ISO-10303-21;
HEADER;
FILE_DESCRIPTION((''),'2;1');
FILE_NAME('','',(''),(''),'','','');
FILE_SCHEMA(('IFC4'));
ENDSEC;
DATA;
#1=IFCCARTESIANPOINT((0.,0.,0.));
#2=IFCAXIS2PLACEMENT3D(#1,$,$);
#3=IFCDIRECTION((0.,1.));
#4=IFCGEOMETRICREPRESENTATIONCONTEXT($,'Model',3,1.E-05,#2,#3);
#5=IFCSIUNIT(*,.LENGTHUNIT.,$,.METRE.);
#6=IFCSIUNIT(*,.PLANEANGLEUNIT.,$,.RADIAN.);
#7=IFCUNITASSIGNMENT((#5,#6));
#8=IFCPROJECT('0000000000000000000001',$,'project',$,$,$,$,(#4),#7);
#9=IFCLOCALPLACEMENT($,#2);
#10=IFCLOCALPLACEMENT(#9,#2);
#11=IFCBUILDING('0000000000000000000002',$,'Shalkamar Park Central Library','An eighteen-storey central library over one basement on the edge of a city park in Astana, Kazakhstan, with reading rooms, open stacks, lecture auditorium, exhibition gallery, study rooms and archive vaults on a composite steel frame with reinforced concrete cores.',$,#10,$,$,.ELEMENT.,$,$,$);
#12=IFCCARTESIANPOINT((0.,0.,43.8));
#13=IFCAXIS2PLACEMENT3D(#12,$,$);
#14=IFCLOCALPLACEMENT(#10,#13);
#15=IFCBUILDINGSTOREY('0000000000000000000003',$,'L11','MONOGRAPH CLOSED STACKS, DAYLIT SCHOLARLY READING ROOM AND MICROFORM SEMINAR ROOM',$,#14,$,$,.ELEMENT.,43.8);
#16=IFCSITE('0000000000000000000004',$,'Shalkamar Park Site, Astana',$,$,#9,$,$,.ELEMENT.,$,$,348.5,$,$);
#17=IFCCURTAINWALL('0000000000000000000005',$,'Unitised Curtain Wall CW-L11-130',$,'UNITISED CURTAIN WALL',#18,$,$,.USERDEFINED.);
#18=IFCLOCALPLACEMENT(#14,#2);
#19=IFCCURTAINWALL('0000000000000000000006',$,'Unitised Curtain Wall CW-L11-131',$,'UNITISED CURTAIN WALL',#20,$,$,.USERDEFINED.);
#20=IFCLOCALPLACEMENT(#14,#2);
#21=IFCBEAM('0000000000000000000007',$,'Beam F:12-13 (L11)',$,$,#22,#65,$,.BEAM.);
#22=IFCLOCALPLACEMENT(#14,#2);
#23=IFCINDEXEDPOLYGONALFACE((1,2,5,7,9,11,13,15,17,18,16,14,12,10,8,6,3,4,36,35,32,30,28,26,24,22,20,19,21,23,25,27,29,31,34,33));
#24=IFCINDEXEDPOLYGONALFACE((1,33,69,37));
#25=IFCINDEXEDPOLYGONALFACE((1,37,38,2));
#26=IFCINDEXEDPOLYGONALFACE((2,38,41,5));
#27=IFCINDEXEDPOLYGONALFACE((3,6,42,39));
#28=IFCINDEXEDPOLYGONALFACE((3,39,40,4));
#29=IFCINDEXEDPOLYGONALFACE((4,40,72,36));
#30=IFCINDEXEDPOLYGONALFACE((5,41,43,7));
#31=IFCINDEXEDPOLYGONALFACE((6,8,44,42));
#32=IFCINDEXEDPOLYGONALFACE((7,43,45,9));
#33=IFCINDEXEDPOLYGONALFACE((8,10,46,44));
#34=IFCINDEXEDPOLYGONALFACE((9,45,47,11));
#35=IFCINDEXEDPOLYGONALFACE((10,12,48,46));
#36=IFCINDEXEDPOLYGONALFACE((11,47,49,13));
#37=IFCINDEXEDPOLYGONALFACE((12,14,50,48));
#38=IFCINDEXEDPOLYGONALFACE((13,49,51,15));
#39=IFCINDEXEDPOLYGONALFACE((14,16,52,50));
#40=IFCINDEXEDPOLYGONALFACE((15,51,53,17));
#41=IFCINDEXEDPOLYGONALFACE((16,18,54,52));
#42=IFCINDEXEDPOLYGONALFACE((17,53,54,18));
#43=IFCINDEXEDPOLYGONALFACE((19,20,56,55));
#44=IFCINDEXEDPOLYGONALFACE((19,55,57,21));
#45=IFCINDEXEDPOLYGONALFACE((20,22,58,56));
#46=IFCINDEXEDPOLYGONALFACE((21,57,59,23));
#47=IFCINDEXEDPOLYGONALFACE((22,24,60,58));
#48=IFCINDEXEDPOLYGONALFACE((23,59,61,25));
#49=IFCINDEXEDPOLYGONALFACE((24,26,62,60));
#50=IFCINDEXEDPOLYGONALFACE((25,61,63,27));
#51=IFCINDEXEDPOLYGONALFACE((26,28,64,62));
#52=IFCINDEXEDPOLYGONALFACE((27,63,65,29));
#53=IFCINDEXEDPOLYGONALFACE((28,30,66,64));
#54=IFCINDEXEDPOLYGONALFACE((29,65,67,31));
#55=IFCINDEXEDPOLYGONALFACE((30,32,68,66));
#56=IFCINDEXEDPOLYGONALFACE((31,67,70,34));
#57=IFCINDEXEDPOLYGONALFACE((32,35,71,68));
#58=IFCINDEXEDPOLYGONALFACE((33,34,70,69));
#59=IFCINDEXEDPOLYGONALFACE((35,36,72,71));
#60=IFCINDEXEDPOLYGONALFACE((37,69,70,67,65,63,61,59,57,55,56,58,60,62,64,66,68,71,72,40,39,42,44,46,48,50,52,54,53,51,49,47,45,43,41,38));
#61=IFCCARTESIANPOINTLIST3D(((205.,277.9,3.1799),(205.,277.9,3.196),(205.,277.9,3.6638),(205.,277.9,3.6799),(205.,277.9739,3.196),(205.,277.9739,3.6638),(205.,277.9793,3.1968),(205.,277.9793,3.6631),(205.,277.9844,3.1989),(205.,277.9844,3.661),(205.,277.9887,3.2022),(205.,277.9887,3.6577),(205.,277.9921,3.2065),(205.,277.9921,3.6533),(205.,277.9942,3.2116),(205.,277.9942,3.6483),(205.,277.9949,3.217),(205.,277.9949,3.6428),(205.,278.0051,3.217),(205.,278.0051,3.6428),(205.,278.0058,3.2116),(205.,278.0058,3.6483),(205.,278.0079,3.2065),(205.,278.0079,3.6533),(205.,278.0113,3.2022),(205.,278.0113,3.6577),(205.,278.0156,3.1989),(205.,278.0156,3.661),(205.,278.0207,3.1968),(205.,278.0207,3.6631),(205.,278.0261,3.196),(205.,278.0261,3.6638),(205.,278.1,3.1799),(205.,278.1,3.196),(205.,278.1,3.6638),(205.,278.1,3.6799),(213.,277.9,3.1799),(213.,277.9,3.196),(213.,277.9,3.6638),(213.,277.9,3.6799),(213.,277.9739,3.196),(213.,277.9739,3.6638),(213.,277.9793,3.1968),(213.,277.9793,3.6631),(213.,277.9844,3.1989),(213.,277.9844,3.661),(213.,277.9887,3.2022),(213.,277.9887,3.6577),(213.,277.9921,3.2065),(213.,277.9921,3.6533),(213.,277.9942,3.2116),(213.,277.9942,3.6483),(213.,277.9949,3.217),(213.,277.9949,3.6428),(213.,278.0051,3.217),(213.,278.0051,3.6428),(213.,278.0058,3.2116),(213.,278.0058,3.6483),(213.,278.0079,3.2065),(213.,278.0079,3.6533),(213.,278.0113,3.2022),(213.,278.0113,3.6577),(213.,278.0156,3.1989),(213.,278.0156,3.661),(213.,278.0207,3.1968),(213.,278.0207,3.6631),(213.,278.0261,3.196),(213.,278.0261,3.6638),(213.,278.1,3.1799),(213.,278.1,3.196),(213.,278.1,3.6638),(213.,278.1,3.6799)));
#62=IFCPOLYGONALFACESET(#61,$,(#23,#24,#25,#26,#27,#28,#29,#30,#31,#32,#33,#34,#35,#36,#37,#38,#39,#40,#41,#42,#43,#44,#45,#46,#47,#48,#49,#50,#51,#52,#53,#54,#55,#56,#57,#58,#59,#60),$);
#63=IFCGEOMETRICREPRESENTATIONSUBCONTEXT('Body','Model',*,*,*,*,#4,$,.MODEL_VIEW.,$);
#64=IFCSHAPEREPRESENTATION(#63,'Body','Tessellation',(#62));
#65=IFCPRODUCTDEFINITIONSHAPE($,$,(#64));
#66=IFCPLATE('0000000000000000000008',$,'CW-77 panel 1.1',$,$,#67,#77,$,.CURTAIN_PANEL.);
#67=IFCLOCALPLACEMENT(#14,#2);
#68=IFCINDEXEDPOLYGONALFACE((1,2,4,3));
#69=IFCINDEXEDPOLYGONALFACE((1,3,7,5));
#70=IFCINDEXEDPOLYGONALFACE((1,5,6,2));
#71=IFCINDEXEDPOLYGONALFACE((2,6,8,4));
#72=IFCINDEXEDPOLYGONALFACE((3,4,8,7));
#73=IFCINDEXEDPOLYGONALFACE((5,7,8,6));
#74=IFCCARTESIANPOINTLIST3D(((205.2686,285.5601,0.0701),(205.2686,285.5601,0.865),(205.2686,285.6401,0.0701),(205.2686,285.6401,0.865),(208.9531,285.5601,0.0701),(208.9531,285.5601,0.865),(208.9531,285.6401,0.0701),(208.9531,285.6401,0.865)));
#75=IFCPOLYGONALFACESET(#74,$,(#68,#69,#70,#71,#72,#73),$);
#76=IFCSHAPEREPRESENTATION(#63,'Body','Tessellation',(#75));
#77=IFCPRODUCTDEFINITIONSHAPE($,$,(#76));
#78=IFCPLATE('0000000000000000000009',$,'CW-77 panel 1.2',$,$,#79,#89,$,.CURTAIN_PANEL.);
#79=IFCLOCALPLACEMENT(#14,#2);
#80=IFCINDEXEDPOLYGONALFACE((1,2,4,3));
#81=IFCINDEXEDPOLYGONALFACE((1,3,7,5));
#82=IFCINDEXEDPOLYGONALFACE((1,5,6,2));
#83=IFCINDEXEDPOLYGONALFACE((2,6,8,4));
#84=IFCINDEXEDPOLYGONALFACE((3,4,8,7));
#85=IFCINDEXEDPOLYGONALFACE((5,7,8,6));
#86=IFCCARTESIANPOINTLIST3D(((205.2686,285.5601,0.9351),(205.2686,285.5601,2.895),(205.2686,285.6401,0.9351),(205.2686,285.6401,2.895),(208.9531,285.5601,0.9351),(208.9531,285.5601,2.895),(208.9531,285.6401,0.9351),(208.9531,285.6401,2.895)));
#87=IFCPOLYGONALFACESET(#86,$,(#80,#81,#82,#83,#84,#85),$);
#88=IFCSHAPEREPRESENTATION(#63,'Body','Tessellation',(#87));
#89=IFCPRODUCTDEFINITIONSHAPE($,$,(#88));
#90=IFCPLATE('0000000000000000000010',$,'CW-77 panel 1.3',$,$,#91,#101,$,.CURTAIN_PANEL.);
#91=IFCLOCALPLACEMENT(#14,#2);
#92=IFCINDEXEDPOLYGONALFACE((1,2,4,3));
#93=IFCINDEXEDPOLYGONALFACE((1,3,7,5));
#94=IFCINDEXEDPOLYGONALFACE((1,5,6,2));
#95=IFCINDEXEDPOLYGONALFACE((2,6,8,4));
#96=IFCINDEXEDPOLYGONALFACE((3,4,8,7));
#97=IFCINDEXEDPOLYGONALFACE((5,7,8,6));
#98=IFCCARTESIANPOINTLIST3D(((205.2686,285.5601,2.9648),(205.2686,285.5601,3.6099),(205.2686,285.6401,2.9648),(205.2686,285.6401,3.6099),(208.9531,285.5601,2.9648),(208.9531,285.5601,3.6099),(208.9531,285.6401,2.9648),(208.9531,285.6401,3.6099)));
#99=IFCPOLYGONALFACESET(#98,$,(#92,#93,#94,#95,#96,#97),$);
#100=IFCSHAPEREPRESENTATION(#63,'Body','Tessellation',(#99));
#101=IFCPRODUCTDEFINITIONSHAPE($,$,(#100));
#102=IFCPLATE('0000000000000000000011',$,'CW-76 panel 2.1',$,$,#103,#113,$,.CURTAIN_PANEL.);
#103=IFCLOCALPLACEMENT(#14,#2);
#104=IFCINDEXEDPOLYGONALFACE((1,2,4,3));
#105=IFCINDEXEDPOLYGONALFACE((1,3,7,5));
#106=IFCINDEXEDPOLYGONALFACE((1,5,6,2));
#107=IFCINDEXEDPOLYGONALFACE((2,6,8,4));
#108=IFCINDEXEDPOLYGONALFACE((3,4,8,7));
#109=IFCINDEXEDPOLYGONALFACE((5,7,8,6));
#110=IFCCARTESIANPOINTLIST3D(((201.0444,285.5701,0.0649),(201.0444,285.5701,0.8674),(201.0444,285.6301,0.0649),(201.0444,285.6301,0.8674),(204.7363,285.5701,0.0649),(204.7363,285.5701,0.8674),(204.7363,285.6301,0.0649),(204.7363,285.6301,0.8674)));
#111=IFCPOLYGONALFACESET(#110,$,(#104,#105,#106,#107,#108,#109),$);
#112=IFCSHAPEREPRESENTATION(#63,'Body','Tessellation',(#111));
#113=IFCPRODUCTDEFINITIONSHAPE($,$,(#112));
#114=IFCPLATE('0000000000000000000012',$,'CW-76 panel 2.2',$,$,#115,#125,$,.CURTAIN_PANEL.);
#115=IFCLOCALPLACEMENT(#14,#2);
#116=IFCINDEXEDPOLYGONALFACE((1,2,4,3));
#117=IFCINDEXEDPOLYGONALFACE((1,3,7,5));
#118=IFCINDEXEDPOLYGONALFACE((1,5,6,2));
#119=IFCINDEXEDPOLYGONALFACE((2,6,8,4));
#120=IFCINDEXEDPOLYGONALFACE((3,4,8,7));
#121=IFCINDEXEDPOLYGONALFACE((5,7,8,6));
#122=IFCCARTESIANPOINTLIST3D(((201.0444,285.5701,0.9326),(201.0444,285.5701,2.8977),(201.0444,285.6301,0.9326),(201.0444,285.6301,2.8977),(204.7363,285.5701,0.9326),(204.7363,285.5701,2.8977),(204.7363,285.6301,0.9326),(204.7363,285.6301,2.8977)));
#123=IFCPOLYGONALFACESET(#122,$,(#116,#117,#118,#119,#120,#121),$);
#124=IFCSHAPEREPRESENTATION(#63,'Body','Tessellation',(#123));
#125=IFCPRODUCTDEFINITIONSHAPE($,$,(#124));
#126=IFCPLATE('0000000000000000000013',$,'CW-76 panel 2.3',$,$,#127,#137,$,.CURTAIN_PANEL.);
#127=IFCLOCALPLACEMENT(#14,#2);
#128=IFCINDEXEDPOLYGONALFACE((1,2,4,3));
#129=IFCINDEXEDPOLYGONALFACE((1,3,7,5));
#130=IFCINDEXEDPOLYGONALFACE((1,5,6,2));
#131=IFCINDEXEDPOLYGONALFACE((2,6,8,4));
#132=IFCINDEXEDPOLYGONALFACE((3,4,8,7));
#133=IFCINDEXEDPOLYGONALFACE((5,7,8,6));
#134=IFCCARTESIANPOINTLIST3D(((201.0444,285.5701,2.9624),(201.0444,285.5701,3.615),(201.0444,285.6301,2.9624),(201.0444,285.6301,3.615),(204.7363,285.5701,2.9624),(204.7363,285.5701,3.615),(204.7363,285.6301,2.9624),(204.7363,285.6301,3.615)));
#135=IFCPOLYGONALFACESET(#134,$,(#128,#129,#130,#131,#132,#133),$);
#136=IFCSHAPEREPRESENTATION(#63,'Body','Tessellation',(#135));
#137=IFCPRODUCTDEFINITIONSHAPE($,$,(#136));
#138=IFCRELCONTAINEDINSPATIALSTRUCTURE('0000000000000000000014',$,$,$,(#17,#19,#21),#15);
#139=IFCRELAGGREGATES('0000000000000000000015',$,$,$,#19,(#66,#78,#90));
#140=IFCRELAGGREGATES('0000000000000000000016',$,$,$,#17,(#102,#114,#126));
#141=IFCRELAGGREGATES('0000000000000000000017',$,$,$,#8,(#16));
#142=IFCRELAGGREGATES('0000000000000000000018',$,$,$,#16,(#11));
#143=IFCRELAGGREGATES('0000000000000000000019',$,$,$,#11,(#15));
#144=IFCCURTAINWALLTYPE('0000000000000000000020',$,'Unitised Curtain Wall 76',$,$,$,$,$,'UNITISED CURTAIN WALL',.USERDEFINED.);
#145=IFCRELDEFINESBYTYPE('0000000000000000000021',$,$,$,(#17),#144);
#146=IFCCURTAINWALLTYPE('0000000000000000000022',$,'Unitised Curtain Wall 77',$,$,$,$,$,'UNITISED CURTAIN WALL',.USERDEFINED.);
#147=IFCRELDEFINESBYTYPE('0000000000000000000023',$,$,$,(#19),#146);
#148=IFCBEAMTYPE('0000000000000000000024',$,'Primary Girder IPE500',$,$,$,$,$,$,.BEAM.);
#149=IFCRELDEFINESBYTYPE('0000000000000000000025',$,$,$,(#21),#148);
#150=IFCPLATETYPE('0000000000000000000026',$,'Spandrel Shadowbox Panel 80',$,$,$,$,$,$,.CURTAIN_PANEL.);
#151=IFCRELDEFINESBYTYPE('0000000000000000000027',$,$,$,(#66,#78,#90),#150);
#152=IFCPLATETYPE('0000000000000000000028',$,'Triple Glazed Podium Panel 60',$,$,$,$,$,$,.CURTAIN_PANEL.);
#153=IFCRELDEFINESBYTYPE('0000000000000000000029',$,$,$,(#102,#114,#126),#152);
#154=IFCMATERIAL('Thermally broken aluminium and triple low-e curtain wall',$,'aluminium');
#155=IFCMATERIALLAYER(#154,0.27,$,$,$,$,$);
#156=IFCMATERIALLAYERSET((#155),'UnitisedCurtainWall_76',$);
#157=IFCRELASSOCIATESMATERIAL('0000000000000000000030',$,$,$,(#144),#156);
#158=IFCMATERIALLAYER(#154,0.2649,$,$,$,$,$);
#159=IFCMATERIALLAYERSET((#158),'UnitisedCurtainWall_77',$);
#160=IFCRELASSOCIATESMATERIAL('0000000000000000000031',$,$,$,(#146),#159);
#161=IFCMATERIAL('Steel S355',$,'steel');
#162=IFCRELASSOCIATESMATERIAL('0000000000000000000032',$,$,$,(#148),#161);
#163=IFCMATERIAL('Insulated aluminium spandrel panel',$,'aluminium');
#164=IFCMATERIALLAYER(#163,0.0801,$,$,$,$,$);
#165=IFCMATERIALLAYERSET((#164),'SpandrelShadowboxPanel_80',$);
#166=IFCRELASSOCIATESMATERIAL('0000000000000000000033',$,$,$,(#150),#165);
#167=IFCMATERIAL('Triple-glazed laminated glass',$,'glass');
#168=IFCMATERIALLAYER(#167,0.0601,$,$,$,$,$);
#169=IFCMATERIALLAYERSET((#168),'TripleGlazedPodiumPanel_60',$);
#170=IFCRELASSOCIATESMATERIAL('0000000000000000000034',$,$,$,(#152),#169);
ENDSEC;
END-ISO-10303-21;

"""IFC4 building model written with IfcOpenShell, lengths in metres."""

from ifc_helpers import new_model, si_unit, direction, frame, origin, origin_2d, place, context, subcontext, project, spatial, rectangle, i_section, extrude, material, layer, layer_set, material_profile, profile_set, type_object, element, aggregate, save


model = new_model("IFC4")

# Units and contexts
model_context = context("Model", 3, precision=1e-05, world=origin(), true_north=direction((0.0, 1.0)))
body_context = subcontext(model_context, "Body", "Model", "MODEL_VIEW")
ifc_project = project(units=[si_unit("LENGTHUNIT", "METRE"), si_unit("PLANEANGLEUNIT", "RADIAN")], contexts=[model_context])

# Site, building, storey
site_placement = place(None, origin())
site = spatial("IfcSite", under=ifc_project, at=site_placement, Name="Shalkamar Park Site, Astana", CompositionType="ELEMENT", RefElevation=348.5)
building_placement = place(site_placement, origin())
building = spatial("IfcBuilding", under=site, at=building_placement, Name="Shalkamar Park Central Library", Description="An eighteen-storey central library over one basement on the edge of a city park in Astana, Kazakhstan, with reading rooms, open stacks, lecture auditorium, exhibition gallery, study rooms and archive vaults on a composite steel frame with reinforced concrete cores.", CompositionType="ELEMENT")
storey_placement = place(building_placement, frame((0.0, 0.0, 43.8)))
storey = spatial("IfcBuildingStorey", under=building, at=storey_placement, Name="L11", Description="MONOGRAPH CLOSED STACKS, DAYLIT SCHOLARLY READING ROOM AND MICROFORM SEMINAR ROOM", CompositionType="ELEMENT", Elevation=43.8)

# Shared definitions
ifc_material_1 = material(Name="Steel S355", Category="steel")

# Curtain walls
ifc_material_2 = material(Name="Thermally broken aluminium and triple low-e curtain wall", Category="aluminium")
ifc_layer_1 = layer(ifc_material_2, 0.27)
ifc_layer_set_1 = layer_set([ifc_layer_1], Name="UnitisedCurtainWall_76")
curtain_wall_type_1 = type_object("IfcCurtainWallType", Name="Unitised Curtain Wall 76", ElementType="UNITISED CURTAIN WALL", PredefinedType="USERDEFINED", material=ifc_layer_set_1)
curtain_wall_1_placement = place(storey_placement, origin())
curtain_wall_1 = element("IfcCurtainWall", 1, at=curtain_wall_1_placement, inside=storey, type_object=curtain_wall_type_1, Name="Unitised Curtain Wall CW-L11-130", ObjectType="UNITISED CURTAIN WALL", PredefinedType="USERDEFINED")
ifc_layer_2 = layer(ifc_material_2, 0.2649)
ifc_layer_set_2 = layer_set([ifc_layer_2], Name="UnitisedCurtainWall_77")
curtain_wall_type_2 = type_object("IfcCurtainWallType", Name="Unitised Curtain Wall 77", ElementType="UNITISED CURTAIN WALL", PredefinedType="USERDEFINED", material=ifc_layer_set_2)
curtain_wall_2_placement = place(storey_placement, origin())
curtain_wall_2 = element("IfcCurtainWall", 2, at=curtain_wall_2_placement, inside=storey, type_object=curtain_wall_type_2, Name="Unitised Curtain Wall CW-L11-131", ObjectType="UNITISED CURTAIN WALL", PredefinedType="USERDEFINED")

# Beam
ifc_material_profile_1 = material_profile(ifc_material_1, i_section(OverallWidth=0.2, OverallDepth=0.5, WebThickness=0.0103, FlangeThickness=0.0161, FilletRadius=0.021, at=origin_2d()), Name="IPE 500")
ifc_profile_set_1 = profile_set([ifc_material_profile_1], Name="Steel S355")
beam_type_1 = type_object("IfcBeamType", Name="Primary Girder IPE500", PredefinedType="BEAM", material=ifc_profile_set_1)
beam_1_placement = place(storey_placement, frame((205.0, 278.0, 3.4299), z_axis=(1.0, 0.0, 0.0), x_axis=(0.0, 1.0, 0.0)))
element("IfcBeam", 3, at=beam_1_placement, inside=storey, type_object=beam_type_1, Name="Beam F:12-13 (L11)", PredefinedType="BEAM", context=body_context, shape_type="SweptSolid", body=[
    extrude(i_section(OverallWidth=0.2, OverallDepth=0.5, WebThickness=0.0103, FlangeThickness=0.0161, FilletRadius=0.021, at=origin_2d()), origin(), (0.0, 0.0, 1.0), 8.0),
])

# Plates
ifc_material_3 = material(Name="Insulated aluminium spandrel panel", Category="aluminium")
ifc_layer_3 = layer(ifc_material_3, 0.0801)
ifc_layer_set_3 = layer_set([ifc_layer_3], Name="SpandrelShadowboxPanel_80")
plate_type_1 = type_object("IfcPlateType", Name="Spandrel Shadowbox Panel 80", PredefinedType="CURTAIN_PANEL", material=ifc_layer_set_3)
plate_1_placement = place(storey_placement, frame((207.1108, 285.6001, 0.0701), z_axis=(0.0, 0.0, 1.0), x_axis=(1.0, 0.0, 0.0)))
plate_1 = element("IfcPlate", 4, at=plate_1_placement, type_object=plate_type_1, Name="CW-77 panel 1.1", PredefinedType="CURTAIN_PANEL", context=body_context, shape_type="SweptSolid", body=[
    extrude(rectangle(XDim=3.6846, YDim=0.0801, at=origin_2d()), origin(), (0.0, 0.0, 1.0), 0.7949),
])
plate_2_placement = place(storey_placement, frame((207.1108, 285.6001, 0.9351), z_axis=(0.0, 0.0, 1.0), x_axis=(1.0, 0.0, 0.0)))
plate_2 = element("IfcPlate", 5, at=plate_2_placement, type_object=plate_type_1, Name="CW-77 panel 1.2", PredefinedType="CURTAIN_PANEL", context=body_context, shape_type="SweptSolid", body=[
    extrude(rectangle(XDim=3.6846, YDim=0.0801, at=origin_2d()), origin(), (0.0, 0.0, 1.0), 1.96),
])
plate_3_placement = place(storey_placement, frame((207.1108, 285.6001, 2.9648), z_axis=(0.0, 0.0, 1.0), x_axis=(1.0, 0.0, 0.0)))
plate_3 = element("IfcPlate", 6, at=plate_3_placement, type_object=plate_type_1, Name="CW-77 panel 1.3", PredefinedType="CURTAIN_PANEL", context=body_context, shape_type="SweptSolid", body=[
    extrude(rectangle(XDim=3.6846, YDim=0.0801, at=origin_2d()), origin(), (0.0, 0.0, 1.0), 0.645),
])
aggregate(curtain_wall_2, [plate_1, plate_2, plate_3])
ifc_material_4 = material(Name="Triple-glazed laminated glass", Category="glass")
ifc_layer_4 = layer(ifc_material_4, 0.0601)
ifc_layer_set_4 = layer_set([ifc_layer_4], Name="TripleGlazedPodiumPanel_60")
plate_type_2 = type_object("IfcPlateType", Name="Triple Glazed Podium Panel 60", PredefinedType="CURTAIN_PANEL", material=ifc_layer_set_4)
plate_4_placement = place(storey_placement, frame((202.8904, 285.6001, 0.0649), z_axis=(0.0, 0.0, 1.0), x_axis=(1.0, 0.0, 0.0)))
plate_4 = element("IfcPlate", 7, at=plate_4_placement, type_object=plate_type_2, Name="CW-76 panel 2.1", PredefinedType="CURTAIN_PANEL", context=body_context, shape_type="SweptSolid", body=[
    extrude(rectangle(XDim=3.6919, YDim=0.0601, at=origin_2d()), origin(), (0.0, 0.0, 1.0), 0.8025),
])
plate_5_placement = place(storey_placement, frame((202.8904, 285.6001, 0.9326), z_axis=(0.0, 0.0, 1.0), x_axis=(1.0, 0.0, 0.0)))
plate_5 = element("IfcPlate", 8, at=plate_5_placement, type_object=plate_type_2, Name="CW-76 panel 2.2", PredefinedType="CURTAIN_PANEL", context=body_context, shape_type="SweptSolid", body=[
    extrude(rectangle(XDim=3.6919, YDim=0.0601, at=origin_2d()), origin(), (0.0, 0.0, 1.0), 1.9651),
])
plate_6_placement = place(storey_placement, frame((202.8904, 285.6001, 2.9624), z_axis=(0.0, 0.0, 1.0), x_axis=(1.0, 0.0, 0.0)))
plate_6 = element("IfcPlate", 9, at=plate_6_placement, type_object=plate_type_2, Name="CW-76 panel 2.3", PredefinedType="CURTAIN_PANEL", context=body_context, shape_type="SweptSolid", body=[
    extrude(rectangle(XDim=3.6919, YDim=0.0601, at=origin_2d()), origin(), (0.0, 0.0, 1.0), 0.6526),
])
aggregate(curtain_wall_1, [plate_4, plate_5, plate_6])

save(model, "model.ifc")
